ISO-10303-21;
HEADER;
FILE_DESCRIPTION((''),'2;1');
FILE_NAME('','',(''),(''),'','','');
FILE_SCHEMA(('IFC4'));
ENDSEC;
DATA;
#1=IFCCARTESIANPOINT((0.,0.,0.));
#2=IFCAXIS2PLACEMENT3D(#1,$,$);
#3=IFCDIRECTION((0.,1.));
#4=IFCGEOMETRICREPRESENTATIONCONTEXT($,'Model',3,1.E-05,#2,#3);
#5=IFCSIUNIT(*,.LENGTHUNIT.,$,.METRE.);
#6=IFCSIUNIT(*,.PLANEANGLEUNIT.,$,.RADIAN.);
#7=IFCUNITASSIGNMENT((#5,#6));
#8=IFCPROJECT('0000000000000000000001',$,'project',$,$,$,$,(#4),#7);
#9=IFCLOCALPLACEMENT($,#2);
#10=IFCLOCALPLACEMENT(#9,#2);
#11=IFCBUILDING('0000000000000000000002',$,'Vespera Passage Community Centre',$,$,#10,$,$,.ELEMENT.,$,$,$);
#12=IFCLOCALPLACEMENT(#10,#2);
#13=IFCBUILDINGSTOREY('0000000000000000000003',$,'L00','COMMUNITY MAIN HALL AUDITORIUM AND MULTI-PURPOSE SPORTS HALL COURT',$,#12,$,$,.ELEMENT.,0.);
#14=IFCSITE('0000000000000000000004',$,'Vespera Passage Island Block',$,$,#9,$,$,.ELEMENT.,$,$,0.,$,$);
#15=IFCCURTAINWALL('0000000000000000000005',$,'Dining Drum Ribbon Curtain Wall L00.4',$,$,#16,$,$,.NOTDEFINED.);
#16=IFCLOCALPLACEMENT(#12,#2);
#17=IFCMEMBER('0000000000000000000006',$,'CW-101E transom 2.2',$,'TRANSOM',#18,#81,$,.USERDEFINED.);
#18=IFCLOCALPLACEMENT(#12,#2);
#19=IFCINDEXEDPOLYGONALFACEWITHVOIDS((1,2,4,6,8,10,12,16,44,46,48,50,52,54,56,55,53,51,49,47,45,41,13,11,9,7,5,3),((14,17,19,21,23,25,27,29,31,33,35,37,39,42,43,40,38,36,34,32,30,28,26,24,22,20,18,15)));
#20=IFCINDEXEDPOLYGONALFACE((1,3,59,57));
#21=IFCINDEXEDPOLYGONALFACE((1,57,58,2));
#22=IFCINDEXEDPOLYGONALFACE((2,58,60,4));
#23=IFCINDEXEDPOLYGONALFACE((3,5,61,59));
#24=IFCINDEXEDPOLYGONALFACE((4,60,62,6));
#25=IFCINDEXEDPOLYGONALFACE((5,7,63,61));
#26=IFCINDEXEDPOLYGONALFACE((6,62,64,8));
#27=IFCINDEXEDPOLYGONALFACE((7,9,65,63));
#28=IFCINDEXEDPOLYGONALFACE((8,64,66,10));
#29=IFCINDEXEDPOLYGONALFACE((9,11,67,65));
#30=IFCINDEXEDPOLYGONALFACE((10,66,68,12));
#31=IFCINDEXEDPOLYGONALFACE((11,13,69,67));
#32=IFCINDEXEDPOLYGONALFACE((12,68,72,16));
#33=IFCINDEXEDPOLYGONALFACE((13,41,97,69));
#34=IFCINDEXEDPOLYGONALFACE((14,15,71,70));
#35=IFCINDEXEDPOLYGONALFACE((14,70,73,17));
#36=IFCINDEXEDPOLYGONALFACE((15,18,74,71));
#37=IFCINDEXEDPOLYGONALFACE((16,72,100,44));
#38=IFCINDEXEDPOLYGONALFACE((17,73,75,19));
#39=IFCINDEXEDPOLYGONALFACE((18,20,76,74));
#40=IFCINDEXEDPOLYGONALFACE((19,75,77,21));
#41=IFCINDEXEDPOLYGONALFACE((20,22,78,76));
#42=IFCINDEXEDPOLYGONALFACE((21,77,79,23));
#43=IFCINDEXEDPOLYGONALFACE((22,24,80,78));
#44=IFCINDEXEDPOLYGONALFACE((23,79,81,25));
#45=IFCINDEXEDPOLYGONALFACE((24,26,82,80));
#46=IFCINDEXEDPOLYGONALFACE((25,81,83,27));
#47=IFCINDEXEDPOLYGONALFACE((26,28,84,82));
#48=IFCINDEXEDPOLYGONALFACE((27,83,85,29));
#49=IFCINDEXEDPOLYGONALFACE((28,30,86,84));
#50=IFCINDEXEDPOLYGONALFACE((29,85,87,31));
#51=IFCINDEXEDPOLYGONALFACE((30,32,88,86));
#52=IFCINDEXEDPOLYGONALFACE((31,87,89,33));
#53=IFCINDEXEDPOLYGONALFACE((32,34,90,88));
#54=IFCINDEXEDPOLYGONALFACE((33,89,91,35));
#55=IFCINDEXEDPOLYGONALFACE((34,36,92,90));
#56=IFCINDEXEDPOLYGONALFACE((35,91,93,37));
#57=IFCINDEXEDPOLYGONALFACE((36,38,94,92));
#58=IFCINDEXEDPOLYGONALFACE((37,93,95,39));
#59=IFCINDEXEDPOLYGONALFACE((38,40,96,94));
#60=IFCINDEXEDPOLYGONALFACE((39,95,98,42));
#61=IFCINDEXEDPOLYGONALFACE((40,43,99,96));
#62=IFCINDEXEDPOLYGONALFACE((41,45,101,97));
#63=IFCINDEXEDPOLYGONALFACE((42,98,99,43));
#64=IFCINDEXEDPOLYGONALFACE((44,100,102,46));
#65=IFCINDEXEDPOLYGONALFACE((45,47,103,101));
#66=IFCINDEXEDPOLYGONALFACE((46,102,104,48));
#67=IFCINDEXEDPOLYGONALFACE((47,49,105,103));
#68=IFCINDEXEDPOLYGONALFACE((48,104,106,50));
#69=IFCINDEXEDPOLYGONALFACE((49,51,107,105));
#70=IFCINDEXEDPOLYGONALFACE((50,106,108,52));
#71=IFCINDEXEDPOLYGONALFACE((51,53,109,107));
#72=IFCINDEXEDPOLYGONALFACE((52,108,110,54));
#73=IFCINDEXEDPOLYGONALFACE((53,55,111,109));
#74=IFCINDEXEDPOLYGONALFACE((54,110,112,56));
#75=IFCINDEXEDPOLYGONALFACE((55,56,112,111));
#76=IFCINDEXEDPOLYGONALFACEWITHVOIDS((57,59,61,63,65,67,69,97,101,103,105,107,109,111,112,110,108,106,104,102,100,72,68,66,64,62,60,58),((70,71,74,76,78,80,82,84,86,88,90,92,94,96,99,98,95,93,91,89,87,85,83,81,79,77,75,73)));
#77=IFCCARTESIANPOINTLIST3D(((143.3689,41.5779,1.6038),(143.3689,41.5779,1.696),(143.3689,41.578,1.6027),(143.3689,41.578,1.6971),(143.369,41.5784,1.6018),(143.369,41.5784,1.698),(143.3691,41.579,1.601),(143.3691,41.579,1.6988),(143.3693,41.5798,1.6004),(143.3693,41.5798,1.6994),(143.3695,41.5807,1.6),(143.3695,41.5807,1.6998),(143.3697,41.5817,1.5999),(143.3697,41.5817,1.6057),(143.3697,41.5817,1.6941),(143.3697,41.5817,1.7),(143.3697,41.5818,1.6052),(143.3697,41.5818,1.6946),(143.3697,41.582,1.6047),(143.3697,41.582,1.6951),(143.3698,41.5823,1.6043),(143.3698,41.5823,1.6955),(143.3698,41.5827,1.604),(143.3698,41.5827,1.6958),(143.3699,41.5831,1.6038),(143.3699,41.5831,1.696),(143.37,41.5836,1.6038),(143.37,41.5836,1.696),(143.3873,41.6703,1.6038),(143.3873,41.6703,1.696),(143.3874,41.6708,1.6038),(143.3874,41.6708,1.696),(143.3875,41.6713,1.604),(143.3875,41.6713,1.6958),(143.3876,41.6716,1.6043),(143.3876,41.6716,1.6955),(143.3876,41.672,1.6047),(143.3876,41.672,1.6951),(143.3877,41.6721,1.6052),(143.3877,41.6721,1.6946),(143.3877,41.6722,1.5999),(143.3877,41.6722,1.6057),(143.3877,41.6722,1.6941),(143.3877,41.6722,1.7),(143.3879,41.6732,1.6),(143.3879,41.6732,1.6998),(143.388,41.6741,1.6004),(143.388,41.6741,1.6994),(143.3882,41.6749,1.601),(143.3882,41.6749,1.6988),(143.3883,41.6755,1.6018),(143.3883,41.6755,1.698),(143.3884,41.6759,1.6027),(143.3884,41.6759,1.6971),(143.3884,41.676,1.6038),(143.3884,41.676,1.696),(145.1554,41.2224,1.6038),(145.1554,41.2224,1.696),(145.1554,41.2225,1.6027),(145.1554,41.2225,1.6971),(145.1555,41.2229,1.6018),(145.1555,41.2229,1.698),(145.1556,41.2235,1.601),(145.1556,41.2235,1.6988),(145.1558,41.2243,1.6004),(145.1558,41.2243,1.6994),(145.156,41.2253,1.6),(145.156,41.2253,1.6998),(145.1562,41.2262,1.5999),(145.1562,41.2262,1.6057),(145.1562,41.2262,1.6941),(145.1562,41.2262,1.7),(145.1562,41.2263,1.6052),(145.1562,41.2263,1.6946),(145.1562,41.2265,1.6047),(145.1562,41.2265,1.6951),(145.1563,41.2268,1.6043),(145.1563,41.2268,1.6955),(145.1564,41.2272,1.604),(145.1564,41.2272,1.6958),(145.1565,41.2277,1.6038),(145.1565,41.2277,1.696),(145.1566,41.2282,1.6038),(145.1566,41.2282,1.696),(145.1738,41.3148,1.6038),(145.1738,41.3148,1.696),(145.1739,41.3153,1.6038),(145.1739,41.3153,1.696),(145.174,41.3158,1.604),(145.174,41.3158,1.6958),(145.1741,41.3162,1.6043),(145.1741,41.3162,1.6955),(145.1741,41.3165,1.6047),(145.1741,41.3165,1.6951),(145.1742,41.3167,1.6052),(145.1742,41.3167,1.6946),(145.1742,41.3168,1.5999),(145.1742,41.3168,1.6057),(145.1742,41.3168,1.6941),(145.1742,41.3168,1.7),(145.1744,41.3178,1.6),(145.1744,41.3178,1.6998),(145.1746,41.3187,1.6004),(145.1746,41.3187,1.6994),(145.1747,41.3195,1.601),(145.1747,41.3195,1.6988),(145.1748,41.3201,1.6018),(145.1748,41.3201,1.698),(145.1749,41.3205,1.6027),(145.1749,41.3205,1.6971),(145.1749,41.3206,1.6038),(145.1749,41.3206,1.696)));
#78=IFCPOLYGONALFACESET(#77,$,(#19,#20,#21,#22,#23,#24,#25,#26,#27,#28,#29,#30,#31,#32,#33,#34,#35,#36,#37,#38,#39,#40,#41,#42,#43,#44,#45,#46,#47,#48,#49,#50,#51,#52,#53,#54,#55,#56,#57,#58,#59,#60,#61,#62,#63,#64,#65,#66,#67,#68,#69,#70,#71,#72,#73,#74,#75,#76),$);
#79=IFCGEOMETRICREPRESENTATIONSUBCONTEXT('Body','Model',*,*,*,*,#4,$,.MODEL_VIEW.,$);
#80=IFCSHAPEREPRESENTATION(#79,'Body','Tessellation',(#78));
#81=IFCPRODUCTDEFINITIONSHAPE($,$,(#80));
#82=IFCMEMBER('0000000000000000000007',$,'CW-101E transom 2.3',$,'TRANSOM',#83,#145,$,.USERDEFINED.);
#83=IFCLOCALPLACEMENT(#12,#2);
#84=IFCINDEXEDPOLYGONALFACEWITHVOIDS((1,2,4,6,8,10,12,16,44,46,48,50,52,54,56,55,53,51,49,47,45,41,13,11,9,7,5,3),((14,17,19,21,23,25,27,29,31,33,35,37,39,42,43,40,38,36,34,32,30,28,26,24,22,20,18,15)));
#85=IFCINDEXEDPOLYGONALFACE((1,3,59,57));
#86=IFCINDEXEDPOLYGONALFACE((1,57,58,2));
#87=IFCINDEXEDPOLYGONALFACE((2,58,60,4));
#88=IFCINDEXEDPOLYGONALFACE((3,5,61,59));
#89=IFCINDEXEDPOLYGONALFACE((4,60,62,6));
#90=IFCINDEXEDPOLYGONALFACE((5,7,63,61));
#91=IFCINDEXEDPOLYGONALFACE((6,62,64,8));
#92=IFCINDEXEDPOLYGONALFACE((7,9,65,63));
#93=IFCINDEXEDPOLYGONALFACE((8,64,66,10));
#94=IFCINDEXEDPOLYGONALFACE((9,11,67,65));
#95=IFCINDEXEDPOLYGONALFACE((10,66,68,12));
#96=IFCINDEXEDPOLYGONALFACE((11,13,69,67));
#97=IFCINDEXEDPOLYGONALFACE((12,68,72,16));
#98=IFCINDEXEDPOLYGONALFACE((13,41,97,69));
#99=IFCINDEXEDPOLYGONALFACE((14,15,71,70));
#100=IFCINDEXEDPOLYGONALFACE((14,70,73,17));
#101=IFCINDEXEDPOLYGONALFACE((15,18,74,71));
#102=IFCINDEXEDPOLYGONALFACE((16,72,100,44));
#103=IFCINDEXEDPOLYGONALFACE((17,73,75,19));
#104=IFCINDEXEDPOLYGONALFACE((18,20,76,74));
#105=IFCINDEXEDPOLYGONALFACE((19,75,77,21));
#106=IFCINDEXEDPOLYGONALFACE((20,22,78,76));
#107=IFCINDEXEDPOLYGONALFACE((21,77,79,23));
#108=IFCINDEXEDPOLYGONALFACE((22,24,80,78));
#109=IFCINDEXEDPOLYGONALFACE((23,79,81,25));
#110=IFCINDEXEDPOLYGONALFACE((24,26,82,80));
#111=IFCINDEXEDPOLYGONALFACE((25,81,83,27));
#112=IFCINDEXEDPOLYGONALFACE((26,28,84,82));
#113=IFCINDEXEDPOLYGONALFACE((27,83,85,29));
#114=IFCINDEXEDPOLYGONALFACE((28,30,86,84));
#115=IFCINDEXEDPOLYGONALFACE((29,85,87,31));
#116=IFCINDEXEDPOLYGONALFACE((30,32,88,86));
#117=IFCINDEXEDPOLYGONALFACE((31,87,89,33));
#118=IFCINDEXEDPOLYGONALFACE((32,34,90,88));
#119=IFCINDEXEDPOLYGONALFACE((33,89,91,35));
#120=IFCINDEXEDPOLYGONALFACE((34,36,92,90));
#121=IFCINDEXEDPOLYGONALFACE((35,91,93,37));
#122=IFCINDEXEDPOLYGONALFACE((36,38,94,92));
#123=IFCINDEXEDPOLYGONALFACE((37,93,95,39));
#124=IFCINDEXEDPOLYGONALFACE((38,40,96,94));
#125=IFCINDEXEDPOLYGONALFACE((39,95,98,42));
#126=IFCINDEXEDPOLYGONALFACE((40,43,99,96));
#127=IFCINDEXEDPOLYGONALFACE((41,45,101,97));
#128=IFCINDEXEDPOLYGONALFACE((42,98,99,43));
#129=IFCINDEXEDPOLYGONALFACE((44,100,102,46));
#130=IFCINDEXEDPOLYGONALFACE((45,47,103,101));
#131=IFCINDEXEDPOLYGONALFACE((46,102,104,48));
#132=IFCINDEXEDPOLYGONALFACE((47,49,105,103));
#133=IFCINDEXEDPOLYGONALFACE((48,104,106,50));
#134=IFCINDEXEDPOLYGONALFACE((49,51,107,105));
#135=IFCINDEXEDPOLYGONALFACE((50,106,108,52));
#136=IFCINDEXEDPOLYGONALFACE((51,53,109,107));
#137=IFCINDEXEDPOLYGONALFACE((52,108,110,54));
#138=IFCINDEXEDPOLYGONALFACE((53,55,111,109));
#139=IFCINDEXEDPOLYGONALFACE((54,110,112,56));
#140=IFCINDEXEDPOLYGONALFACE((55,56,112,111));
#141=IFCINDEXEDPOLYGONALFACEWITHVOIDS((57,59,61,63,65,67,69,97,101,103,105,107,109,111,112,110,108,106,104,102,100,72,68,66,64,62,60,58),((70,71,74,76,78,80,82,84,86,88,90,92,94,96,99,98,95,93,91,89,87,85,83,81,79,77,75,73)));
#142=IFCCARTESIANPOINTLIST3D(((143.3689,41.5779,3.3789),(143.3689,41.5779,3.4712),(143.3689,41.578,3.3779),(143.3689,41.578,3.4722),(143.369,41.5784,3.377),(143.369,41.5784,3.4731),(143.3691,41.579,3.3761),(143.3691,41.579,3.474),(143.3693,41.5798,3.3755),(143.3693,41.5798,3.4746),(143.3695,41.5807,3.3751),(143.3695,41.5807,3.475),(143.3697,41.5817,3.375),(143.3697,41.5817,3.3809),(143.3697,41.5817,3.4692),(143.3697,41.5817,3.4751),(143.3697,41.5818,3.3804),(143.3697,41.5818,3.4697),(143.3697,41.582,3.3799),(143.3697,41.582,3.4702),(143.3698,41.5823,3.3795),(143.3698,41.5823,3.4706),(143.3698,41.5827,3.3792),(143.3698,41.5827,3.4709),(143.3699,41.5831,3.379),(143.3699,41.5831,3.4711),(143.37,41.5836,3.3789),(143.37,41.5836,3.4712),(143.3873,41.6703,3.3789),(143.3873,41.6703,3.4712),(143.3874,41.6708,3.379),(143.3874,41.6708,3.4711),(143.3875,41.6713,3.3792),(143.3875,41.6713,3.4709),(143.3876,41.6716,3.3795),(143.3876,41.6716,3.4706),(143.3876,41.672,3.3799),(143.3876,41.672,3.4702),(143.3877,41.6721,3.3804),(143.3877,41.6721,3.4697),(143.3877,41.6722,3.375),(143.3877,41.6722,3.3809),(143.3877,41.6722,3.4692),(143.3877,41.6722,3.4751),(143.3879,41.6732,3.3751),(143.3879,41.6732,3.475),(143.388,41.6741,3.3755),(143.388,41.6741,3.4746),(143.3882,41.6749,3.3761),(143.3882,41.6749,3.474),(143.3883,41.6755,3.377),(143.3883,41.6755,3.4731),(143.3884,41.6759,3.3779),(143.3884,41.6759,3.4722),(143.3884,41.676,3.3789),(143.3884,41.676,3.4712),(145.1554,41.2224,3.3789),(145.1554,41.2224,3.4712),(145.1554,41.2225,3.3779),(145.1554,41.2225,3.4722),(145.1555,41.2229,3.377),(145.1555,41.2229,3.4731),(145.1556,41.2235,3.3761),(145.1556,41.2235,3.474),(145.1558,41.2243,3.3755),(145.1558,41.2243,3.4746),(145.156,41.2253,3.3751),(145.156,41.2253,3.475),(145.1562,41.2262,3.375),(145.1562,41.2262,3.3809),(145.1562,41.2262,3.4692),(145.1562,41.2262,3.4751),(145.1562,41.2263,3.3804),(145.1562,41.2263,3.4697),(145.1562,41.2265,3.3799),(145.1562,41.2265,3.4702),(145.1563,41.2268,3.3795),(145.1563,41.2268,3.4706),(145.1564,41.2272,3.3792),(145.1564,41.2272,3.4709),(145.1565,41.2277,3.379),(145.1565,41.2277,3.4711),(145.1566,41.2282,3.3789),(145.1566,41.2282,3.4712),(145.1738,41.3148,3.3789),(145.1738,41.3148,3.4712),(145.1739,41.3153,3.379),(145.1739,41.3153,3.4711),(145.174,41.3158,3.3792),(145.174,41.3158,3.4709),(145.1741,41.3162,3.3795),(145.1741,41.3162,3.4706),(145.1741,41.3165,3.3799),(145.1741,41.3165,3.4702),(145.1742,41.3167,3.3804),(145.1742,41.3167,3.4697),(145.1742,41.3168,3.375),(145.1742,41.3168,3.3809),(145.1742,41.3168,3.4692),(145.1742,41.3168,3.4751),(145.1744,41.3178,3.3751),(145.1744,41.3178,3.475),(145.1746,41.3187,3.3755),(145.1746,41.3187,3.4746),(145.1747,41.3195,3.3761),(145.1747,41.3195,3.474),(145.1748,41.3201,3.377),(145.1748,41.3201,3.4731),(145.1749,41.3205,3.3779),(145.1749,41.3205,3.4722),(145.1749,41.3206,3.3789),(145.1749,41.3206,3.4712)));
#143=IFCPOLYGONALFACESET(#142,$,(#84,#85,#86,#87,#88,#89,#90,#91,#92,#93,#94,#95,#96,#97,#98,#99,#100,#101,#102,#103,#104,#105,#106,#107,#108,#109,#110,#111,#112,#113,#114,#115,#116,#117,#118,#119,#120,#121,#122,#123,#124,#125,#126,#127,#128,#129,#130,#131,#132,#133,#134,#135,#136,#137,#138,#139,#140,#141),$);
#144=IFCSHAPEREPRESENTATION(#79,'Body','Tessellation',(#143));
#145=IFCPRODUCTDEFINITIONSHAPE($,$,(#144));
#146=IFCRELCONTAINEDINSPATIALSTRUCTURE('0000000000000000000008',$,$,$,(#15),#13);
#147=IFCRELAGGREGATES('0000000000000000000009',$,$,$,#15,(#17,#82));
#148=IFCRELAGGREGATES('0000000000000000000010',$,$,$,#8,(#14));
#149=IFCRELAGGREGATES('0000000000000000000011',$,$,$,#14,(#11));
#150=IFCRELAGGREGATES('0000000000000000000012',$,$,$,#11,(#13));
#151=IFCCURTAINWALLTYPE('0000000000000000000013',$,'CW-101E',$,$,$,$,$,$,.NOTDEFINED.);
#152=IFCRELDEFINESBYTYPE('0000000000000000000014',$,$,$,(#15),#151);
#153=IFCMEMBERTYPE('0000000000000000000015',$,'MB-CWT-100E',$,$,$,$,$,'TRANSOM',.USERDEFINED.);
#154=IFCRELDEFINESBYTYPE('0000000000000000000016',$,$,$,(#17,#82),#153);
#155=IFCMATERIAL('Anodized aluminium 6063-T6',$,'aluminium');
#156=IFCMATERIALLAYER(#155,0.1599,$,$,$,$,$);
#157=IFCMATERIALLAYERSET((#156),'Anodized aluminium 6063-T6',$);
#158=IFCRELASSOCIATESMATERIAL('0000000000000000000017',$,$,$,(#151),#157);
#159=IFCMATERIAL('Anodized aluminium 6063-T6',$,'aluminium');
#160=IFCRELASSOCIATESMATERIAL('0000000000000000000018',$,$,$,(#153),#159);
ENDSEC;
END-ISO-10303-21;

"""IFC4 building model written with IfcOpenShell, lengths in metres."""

from ifc_helpers import new_model, si_unit, direction, frame, origin, origin_2d, place, context, subcontext, project, spatial, hollow_rectangle, extrude, material, layer, layer_set, material_profile, profile_set, type_object, element, aggregate, save


model = new_model("IFC4")

# Units and contexts
model_context = context("Model", 3, precision=1e-05, world=origin(), true_north=direction((0.0, 1.0)))
body_context = subcontext(model_context, "Body", "Model", "MODEL_VIEW")
ifc_project = project(units=[si_unit("LENGTHUNIT", "METRE"), si_unit("PLANEANGLEUNIT", "RADIAN")], contexts=[model_context])

# Site, building, storey
site_placement = place(None, origin())
site = spatial("IfcSite", under=ifc_project, at=site_placement, Name="Vespera Passage Island Block", CompositionType="ELEMENT", RefElevation=0.0)
building_placement = place(site_placement, origin())
building = spatial("IfcBuilding", under=site, at=building_placement, Name="Vespera Passage Community Centre", CompositionType="ELEMENT")
storey_placement = place(building_placement, origin())
storey = spatial("IfcBuildingStorey", under=building, at=storey_placement, Name="L00", Description="COMMUNITY MAIN HALL AUDITORIUM AND MULTI-PURPOSE SPORTS HALL COURT", CompositionType="ELEMENT", Elevation=0.0)

# Curtain wall
ifc_material_1 = material(Name="Anodized aluminium 6063-T6", Category="aluminium")
ifc_layer_1 = layer(ifc_material_1, 0.1599)
ifc_layer_set_1 = layer_set([ifc_layer_1], Name="Anodized aluminium 6063-T6")
curtain_wall_type_1 = type_object("IfcCurtainWallType", Name="CW-101E", PredefinedType="NOTDEFINED", material=ifc_layer_set_1)
curtain_wall_1_placement = place(storey_placement, origin())
curtain_wall_1 = element("IfcCurtainWall", 1, at=curtain_wall_1_placement, inside=storey, type_object=curtain_wall_type_1, Name="Dining Drum Ribbon Curtain Wall L00.4", PredefinedType="NOTDEFINED")

# Members
ifc_material_2 = material(Name="Anodized aluminium 6063-T6", Category="aluminium")
ifc_material_profile_1 = material_profile(ifc_material_2, hollow_rectangle(XDim=0.1001, YDim=0.1001, WallThickness=0.0039, InnerFilletRadius=0.002, OuterFilletRadius=0.0039, at=origin_2d()), Name="ALU100X100X4")
ifc_profile_set_1 = profile_set([ifc_material_profile_1], Name="Anodized aluminium 6063-T6")
member_type_1 = type_object("IfcMemberType", Name="MB-CWT-100E", ElementType="TRANSOM", PredefinedType="USERDEFINED", material=ifc_profile_set_1)
member_1_placement = place(storey_placement, frame((143.3787, 41.627, 1.6499), z_axis=(0.980776, -0.195137, 0.0), x_axis=(0.195137, 0.980776, 0.0)))
member_1 = element("IfcMember", 2, at=member_1_placement, type_object=member_type_1, Name="CW-101E transom 2.2", ObjectType="TRANSOM", PredefinedType="USERDEFINED", context=body_context, shape_type="SweptSolid", body=[
    extrude(hollow_rectangle(XDim=0.1001, YDim=0.1001, WallThickness=0.0039, InnerFilletRadius=0.002, OuterFilletRadius=0.0039, at=origin_2d()), origin(), (0.0, 0.0, 1.0), 1.8215),
])
member_2_placement = place(storey_placement, frame((143.3787, 41.627, 3.425), z_axis=(0.980776, -0.195137, 0.0), x_axis=(0.195137, 0.980776, 0.0)))
member_2 = element("IfcMember", 3, at=member_2_placement, type_object=member_type_1, Name="CW-101E transom 2.3", ObjectType="TRANSOM", PredefinedType="USERDEFINED", context=body_context, shape_type="SweptSolid", body=[
    extrude(hollow_rectangle(XDim=0.1001, YDim=0.1001, WallThickness=0.0039, InnerFilletRadius=0.002, OuterFilletRadius=0.0039, at=origin_2d()), origin(), (0.0, 0.0, 1.0), 1.8215),
])

aggregate(curtain_wall_1, [member_1, member_2])

save(model, "model.ifc")
